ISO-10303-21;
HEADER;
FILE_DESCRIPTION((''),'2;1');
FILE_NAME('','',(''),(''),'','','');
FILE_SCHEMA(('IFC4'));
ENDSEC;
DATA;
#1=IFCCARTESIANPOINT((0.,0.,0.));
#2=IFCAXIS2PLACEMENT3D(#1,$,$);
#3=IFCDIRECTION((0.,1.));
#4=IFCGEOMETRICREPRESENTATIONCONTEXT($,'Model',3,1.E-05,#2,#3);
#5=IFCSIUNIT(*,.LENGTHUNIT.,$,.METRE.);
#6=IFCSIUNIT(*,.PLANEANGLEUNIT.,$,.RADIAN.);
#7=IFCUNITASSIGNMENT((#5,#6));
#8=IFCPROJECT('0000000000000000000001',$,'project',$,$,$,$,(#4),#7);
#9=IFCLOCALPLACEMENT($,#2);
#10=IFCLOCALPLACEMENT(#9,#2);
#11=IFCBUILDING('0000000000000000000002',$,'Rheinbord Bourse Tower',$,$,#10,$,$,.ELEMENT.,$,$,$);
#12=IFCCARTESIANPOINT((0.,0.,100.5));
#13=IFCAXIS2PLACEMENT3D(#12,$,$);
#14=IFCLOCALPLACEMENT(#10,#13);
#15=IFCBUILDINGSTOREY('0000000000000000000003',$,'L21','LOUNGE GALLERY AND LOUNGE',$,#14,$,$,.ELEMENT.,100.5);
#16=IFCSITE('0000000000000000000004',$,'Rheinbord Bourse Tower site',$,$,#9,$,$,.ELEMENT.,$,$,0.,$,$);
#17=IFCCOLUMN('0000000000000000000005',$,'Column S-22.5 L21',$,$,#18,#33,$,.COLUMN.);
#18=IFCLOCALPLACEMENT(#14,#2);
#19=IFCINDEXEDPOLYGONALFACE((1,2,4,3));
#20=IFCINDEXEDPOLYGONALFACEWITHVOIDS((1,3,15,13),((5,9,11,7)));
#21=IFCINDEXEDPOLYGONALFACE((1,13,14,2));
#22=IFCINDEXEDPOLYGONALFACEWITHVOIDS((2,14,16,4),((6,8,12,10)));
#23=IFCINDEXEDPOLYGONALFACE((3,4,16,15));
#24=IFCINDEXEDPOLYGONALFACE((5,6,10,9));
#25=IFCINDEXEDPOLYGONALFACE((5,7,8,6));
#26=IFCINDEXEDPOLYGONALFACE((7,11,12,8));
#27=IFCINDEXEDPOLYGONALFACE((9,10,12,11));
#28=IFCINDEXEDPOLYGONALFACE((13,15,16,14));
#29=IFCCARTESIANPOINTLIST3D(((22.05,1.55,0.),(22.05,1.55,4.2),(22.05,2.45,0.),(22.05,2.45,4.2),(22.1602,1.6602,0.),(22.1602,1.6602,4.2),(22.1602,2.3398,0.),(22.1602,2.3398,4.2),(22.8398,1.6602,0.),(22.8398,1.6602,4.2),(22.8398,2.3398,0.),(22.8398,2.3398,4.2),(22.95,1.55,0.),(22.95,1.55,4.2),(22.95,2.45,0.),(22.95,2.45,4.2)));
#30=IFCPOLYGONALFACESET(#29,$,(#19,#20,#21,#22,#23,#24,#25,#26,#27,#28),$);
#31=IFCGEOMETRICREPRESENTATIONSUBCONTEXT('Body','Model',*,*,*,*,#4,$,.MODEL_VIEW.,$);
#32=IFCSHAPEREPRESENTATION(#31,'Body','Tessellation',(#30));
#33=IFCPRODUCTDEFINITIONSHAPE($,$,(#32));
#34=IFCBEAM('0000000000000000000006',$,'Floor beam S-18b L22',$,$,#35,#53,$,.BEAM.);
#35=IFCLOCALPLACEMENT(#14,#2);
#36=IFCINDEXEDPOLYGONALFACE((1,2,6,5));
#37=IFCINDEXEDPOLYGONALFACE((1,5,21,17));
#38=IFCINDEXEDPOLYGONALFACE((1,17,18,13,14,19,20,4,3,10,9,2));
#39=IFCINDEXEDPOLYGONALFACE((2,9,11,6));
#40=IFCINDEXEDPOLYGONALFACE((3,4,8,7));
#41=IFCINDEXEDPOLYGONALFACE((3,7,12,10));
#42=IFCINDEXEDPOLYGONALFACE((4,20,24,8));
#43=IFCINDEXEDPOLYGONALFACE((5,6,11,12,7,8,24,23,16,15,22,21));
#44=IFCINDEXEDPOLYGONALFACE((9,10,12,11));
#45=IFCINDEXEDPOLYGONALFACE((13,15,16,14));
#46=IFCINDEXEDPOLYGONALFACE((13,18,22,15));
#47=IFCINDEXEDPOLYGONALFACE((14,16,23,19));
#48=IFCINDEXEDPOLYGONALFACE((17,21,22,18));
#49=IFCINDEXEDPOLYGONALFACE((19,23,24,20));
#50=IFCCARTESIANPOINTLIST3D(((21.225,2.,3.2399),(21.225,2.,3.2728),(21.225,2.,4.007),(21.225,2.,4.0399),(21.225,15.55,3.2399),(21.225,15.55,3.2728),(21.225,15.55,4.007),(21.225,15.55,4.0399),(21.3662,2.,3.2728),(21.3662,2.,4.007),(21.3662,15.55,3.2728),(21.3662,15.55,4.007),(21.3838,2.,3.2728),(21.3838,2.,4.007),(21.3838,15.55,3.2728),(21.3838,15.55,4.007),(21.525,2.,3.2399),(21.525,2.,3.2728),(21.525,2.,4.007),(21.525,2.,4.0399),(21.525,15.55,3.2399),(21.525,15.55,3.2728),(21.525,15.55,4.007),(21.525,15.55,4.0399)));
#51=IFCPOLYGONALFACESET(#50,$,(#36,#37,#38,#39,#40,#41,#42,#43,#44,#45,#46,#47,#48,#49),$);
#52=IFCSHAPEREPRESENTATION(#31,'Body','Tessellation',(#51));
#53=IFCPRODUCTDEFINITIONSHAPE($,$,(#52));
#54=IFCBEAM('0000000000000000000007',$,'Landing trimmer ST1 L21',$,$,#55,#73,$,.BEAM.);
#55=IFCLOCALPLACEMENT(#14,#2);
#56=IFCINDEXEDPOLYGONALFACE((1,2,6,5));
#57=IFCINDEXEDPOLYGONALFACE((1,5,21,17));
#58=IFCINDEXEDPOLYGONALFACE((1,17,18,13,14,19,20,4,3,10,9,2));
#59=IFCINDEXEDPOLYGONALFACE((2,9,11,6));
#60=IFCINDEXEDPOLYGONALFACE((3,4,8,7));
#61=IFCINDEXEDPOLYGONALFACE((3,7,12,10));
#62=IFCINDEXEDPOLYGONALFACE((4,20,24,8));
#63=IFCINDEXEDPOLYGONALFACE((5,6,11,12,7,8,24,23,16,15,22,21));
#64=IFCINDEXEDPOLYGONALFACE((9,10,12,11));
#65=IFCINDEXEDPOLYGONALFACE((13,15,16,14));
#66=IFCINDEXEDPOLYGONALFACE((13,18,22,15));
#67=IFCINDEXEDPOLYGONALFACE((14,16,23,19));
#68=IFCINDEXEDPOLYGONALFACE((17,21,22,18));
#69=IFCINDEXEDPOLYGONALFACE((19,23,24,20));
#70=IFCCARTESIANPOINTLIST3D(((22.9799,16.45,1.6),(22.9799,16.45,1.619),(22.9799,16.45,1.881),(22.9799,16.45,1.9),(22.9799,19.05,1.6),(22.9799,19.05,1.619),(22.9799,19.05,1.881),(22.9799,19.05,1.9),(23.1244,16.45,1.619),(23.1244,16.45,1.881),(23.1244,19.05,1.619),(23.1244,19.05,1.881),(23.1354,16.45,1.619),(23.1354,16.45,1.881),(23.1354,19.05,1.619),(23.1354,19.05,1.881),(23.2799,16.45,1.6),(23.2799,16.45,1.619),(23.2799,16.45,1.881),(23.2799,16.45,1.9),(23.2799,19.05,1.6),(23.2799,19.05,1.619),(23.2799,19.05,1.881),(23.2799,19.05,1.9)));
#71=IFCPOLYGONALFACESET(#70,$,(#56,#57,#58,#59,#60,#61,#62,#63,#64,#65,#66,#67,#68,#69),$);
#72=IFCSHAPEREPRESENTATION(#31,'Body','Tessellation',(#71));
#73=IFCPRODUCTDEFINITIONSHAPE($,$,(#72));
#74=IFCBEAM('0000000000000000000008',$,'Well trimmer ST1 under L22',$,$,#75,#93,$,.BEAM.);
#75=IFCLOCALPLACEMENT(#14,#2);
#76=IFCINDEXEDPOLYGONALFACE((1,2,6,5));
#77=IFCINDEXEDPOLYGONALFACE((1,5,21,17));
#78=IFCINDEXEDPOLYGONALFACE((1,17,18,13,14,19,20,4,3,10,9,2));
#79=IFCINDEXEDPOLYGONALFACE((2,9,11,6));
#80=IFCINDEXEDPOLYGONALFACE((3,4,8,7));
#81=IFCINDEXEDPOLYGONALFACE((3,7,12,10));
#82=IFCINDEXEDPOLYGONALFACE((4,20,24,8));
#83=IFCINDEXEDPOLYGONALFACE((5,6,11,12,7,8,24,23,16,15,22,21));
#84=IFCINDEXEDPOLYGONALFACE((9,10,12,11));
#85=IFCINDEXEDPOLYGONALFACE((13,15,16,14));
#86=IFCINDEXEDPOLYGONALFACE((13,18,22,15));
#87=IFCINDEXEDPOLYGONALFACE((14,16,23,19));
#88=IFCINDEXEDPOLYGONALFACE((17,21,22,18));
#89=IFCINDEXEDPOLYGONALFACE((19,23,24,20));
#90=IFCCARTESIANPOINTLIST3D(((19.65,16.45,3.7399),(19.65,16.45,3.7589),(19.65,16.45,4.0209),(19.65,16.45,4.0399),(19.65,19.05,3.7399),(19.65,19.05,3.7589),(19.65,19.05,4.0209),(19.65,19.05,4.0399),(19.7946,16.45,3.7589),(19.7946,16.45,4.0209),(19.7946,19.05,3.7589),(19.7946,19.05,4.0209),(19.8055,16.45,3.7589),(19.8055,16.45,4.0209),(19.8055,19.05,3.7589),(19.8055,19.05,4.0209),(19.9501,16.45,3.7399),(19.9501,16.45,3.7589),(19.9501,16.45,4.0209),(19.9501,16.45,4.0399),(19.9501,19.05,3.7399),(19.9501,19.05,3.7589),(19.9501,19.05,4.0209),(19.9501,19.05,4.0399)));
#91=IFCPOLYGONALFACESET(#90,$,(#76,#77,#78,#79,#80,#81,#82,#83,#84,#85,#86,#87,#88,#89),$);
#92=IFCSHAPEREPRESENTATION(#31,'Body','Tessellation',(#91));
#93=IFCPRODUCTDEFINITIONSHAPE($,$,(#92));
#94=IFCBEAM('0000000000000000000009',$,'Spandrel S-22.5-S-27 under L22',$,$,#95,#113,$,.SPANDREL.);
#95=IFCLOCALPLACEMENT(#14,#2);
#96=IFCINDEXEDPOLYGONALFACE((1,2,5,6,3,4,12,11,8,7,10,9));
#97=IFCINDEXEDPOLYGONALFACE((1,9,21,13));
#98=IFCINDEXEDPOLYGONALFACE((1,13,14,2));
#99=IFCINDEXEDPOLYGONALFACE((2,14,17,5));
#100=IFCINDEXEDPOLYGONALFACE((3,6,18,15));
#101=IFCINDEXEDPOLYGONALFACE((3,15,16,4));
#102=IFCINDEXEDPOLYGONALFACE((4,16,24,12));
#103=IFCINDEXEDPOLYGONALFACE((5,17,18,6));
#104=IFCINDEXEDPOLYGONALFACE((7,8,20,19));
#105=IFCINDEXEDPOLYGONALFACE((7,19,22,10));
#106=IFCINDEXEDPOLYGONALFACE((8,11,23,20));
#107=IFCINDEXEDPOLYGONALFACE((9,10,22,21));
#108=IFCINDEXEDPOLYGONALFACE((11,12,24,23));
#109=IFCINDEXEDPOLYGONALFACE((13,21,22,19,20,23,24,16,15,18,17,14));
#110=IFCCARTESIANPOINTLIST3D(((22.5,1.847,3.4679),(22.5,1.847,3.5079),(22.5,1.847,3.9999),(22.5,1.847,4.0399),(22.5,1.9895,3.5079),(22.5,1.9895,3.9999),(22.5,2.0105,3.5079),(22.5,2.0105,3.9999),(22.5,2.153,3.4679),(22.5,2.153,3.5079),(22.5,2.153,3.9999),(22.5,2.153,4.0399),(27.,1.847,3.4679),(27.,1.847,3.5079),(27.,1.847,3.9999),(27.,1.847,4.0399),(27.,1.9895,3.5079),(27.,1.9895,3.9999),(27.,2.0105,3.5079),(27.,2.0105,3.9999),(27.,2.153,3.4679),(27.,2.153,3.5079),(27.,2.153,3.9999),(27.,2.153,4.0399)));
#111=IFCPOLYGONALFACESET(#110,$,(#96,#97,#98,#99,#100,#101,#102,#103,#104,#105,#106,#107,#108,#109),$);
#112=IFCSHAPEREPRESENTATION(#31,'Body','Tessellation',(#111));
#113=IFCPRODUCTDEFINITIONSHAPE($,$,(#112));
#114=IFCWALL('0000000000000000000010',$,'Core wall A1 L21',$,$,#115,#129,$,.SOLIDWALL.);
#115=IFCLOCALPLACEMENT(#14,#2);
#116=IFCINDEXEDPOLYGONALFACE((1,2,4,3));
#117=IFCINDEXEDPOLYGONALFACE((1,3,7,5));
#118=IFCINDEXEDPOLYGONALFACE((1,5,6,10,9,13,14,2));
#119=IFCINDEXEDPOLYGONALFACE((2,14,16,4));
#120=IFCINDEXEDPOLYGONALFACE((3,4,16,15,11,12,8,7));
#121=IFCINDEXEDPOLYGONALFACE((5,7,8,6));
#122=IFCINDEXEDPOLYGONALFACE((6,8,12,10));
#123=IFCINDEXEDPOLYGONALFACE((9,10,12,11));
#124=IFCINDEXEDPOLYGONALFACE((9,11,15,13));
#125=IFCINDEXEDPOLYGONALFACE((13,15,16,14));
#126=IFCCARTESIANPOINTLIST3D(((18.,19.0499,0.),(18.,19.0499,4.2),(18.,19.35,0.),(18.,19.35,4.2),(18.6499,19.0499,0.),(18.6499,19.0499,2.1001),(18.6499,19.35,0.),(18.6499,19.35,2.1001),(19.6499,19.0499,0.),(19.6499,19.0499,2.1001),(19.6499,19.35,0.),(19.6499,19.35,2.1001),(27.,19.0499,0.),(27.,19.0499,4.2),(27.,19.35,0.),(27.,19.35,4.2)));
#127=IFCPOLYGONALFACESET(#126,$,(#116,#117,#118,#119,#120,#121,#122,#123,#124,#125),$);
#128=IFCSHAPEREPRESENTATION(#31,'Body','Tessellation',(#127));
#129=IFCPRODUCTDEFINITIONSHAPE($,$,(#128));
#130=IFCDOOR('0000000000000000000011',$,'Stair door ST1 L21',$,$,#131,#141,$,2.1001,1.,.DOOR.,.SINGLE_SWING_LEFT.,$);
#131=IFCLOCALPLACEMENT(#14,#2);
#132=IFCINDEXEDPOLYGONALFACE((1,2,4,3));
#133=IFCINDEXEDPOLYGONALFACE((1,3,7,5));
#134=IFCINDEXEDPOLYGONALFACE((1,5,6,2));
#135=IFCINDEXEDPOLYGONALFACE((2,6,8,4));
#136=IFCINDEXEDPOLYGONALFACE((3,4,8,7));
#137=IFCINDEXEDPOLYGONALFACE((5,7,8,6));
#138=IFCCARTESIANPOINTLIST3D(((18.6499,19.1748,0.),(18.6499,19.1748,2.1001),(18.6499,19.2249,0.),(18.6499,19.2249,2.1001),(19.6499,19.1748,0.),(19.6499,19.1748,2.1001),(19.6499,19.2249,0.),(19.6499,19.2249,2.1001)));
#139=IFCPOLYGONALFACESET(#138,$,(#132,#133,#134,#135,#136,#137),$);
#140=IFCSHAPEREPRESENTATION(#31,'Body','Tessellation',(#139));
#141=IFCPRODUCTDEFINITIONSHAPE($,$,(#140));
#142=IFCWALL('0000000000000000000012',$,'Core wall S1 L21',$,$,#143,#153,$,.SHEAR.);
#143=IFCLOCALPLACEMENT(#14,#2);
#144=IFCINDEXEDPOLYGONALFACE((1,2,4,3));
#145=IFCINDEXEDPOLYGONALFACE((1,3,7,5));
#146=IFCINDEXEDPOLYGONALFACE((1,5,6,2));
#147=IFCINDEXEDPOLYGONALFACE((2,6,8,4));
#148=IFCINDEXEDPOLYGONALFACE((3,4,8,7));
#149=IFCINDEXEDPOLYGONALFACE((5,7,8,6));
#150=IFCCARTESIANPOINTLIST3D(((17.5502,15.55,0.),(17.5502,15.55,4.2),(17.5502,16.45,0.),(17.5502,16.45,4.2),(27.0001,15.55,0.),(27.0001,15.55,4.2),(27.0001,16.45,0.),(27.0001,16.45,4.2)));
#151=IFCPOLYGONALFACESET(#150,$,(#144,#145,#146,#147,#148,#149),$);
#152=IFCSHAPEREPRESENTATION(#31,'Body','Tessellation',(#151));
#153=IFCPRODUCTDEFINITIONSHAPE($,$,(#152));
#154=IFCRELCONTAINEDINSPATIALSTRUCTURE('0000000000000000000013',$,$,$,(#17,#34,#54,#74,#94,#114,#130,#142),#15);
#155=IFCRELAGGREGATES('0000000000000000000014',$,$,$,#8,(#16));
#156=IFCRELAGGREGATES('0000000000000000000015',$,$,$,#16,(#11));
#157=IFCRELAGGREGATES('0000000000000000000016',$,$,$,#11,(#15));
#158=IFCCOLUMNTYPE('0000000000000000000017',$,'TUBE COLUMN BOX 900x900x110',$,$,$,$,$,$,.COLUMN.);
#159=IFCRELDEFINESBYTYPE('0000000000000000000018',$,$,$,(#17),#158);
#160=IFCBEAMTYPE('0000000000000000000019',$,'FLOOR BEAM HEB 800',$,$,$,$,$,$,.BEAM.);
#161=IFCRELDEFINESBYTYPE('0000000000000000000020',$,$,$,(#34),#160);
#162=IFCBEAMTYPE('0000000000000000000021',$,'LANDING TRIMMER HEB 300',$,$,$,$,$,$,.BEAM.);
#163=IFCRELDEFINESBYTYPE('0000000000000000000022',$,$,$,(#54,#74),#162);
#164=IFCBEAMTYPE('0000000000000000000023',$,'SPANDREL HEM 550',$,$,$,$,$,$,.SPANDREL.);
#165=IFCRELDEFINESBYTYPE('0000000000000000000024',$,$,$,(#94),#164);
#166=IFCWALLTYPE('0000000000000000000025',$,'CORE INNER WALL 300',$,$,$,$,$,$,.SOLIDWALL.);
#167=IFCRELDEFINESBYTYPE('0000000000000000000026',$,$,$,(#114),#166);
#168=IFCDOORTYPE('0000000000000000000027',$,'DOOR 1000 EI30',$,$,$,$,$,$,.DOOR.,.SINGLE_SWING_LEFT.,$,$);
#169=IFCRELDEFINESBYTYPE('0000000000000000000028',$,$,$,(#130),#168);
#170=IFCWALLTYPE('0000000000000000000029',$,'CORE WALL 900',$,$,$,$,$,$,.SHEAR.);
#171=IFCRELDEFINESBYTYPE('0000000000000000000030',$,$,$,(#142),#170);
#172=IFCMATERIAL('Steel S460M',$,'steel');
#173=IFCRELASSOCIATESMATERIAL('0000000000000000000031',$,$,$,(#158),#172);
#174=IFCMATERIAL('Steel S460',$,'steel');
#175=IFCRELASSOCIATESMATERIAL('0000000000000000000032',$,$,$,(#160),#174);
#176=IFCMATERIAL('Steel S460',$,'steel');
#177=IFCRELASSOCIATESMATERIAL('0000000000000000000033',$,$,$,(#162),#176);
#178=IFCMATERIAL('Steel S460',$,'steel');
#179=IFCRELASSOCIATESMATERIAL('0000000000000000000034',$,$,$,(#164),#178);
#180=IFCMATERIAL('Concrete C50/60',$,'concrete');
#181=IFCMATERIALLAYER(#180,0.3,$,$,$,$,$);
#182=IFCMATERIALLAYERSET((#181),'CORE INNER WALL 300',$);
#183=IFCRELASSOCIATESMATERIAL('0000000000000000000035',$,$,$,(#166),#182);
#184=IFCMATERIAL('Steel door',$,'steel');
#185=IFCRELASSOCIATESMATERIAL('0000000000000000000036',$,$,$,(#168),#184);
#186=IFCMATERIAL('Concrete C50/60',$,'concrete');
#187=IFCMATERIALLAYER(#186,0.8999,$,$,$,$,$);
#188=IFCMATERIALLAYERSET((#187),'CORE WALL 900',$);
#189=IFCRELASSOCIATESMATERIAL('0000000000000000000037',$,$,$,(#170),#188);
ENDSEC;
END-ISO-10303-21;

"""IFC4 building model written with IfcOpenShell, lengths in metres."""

from ifc_helpers import new_model, si_unit, direction, frame, frame_2d, origin, origin_2d, place, context, subcontext, project, spatial, rectangle, hollow_rectangle, i_section, extrude, material, layer, layer_set, material_profile, profile_set, type_object, element, fill, save


model = new_model("IFC4")

# Units and contexts
model_context = context("Model", 3, precision=1e-05, world=origin(), true_north=direction((0.0, 1.0)))
body_context = subcontext(model_context, "Body", "Model", "MODEL_VIEW")
ifc_project = project(units=[si_unit("LENGTHUNIT", "METRE"), si_unit("PLANEANGLEUNIT", "RADIAN")], contexts=[model_context])

# Site, building, storey
site_placement = place(None, origin())
site = spatial("IfcSite", under=ifc_project, at=site_placement, Name="Rheinbord Bourse Tower site", CompositionType="ELEMENT", RefElevation=0.0)
building_placement = place(site_placement, origin())
building = spatial("IfcBuilding", under=site, at=building_placement, Name="Rheinbord Bourse Tower", CompositionType="ELEMENT")
storey_placement = place(building_placement, frame((0.0, 0.0, 100.5)))
storey = spatial("IfcBuildingStorey", under=building, at=storey_placement, Name="L21", Description="LOUNGE GALLERY AND LOUNGE", CompositionType="ELEMENT", Elevation=100.5)

# Column
ifc_material_1 = material(Name="Steel S460M", Category="steel")
ifc_material_profile_1 = material_profile(ifc_material_1, hollow_rectangle(XDim=0.8999, YDim=0.8999, WallThickness=0.1101, at=origin_2d()), Name="BOX 900x900x110")
ifc_profile_set_1 = profile_set([ifc_material_profile_1], Name="Steel S460M")
column_type = type_object("IfcColumnType", Name="TUBE COLUMN BOX 900x900x110", PredefinedType="COLUMN", material=ifc_profile_set_1)
column_placement = place(storey_placement, frame((22.5, 2.0, 0.0), z_axis=(0.0, 0.0, 1.0), x_axis=(0.0, 1.0, 0.0)))
element("IfcColumn", 1, at=column_placement, inside=storey, type_object=column_type, Name="Column S-22.5 L21", PredefinedType="COLUMN", context=body_context, shape_type="SweptSolid", body=[
    extrude(hollow_rectangle(XDim=0.8999, YDim=0.8999, WallThickness=0.1101, at=origin_2d()), origin(), (0.0, 0.0, 1.0), 4.2),
])

# Beams
ifc_material_2 = material(Name="Steel S460", Category="steel")
ifc_material_profile_2 = material_profile(ifc_material_2, i_section(OverallWidth=0.3, OverallDepth=0.8, WebThickness=0.0176, FlangeThickness=0.033, at=origin_2d()), Name="HEB 800")
ifc_profile_set_2 = profile_set([ifc_material_profile_2], Name="Steel S460")
beam_type_1 = type_object("IfcBeamType", Name="FLOOR BEAM HEB 800", PredefinedType="BEAM", material=ifc_profile_set_2)
beam_1_placement = place(storey_placement, frame((21.375, 2.0, 3.6399), z_axis=(0.0, 1.0, 0.0), x_axis=(-1.0, 0.0, 0.0)))
element("IfcBeam", 2, at=beam_1_placement, inside=storey, type_object=beam_type_1, Name="Floor beam S-18b L22", PredefinedType="BEAM", context=body_context, shape_type="SweptSolid", body=[
    extrude(i_section(OverallWidth=0.3, OverallDepth=0.8, WebThickness=0.0176, FlangeThickness=0.033, at=origin_2d()), origin(), (0.0, 0.0, 1.0), 13.55),
])
ifc_material_3 = material(Name="Steel S460", Category="steel")
ifc_material_profile_3 = material_profile(ifc_material_3, i_section(OverallWidth=0.3, OverallDepth=0.3, WebThickness=0.011, FlangeThickness=0.019, at=origin_2d()), Name="HEB 300")
ifc_profile_set_3 = profile_set([ifc_material_profile_3], Name="Steel S460")
beam_type_2 = type_object("IfcBeamType", Name="LANDING TRIMMER HEB 300", PredefinedType="BEAM", material=ifc_profile_set_3)
for number, where, z_axis, x_axis, name in (
    (3, (23.1299, 16.45, 1.75), (0.0, 1.0, 0.0), (-1.0, 0.0, 0.0), "Landing trimmer ST1 L21"),
    (4, (19.8, 16.45, 3.8899), (0.0, 1.0, 0.0), (-1.0, 0.0, 0.0), "Well trimmer ST1 under L22"),
):
    element("IfcBeam", number, at=place(storey_placement, frame(where, z_axis=z_axis, x_axis=x_axis)), inside=storey, type_object=beam_type_2, Name=name, PredefinedType="BEAM", context=body_context, shape_type="SweptSolid", body=[
        extrude(i_section(OverallWidth=0.3, OverallDepth=0.3, WebThickness=0.011, FlangeThickness=0.019, at=origin_2d()), origin(), (0.0, 0.0, 1.0), 2.6001),
    ])
ifc_material_4 = material(Name="Steel S460", Category="steel")
ifc_material_profile_4 = material_profile(ifc_material_4, i_section(OverallWidth=0.3059, OverallDepth=0.572, WebThickness=0.021, FlangeThickness=0.04, at=origin_2d()), Name="HEM 550")
ifc_profile_set_4 = profile_set([ifc_material_profile_4], Name="Steel S460")
beam_type_3 = type_object("IfcBeamType", Name="SPANDREL HEM 550", PredefinedType="SPANDREL", material=ifc_profile_set_4)
beam_2_placement = place(storey_placement, frame((22.5, 2.0, 3.7539), z_axis=(1.0, 0.0, 0.0), x_axis=(0.0, 1.0, 0.0)))
element("IfcBeam", 5, at=beam_2_placement, inside=storey, type_object=beam_type_3, Name="Spandrel S-22.5-S-27 under L22", PredefinedType="SPANDREL", context=body_context, shape_type="SweptSolid", body=[
    extrude(i_section(OverallWidth=0.3059, OverallDepth=0.572, WebThickness=0.021, FlangeThickness=0.04, at=origin_2d()), origin(), (0.0, 0.0, 1.0), 4.5),
])

# Wall, opening, door
ifc_material_5 = material(Name="Concrete C50/60", Category="concrete")
ifc_layer_1 = layer(ifc_material_5, 0.3)
ifc_layer_set_1 = layer_set([ifc_layer_1], Name="CORE INNER WALL 300")
wall_type_1 = type_object("IfcWallType", Name="CORE INNER WALL 300", PredefinedType="SOLIDWALL", material=ifc_layer_set_1)
wall_1_placement = place(storey_placement, frame((18.0, 19.2, 0.0), z_axis=(0.0, 0.0, 1.0), x_axis=(1.0, 0.0, 0.0)))
wall_1 = element("IfcWall", 6, at=wall_1_placement, inside=storey, type_object=wall_type_1, Name="Core wall A1 L21", PredefinedType="SOLIDWALL", context=body_context, shape_type="SweptSolid", body=[
    extrude(rectangle(XDim=9.0, YDim=0.3, at=frame_2d((4.5, 0.0))), origin(), (0.0, 0.0, 1.0), 4.2),
])
opening_1_placement = place(wall_1_placement, frame((0.6499, 0.0, 0.0)))
opening_1 = element("IfcOpeningElement", 7, at=opening_1_placement, cuts=wall_1, PredefinedType="OPENING", context=body_context, shape_type="SweptSolid", body=[
    extrude(rectangle(XDim=1.0, YDim=2.1001, at=frame_2d((0.5, 1.05))), frame((0.0, 0.1599, 0.0), z_axis=(0.0, -1.0, 0.0), x_axis=(1.0, 0.0, 0.0)), (0.0, 0.0, 1.0), 0.3201),
])
ifc_material_6 = material(Name="Steel door", Category="steel")
door_type_1 = type_object("IfcDoorType", Name="DOOR 1000 EI30", OperationType="SINGLE_SWING_LEFT", PredefinedType="DOOR", material=ifc_material_6)
door_1_placement = place(opening_1_placement, origin())
door_1 = element("IfcDoor", 8, at=door_1_placement, inside=storey, type_object=door_type_1, Name="Stair door ST1 L21", OperationType="SINGLE_SWING_LEFT", OverallHeight=2.1001, OverallWidth=1.0, PredefinedType="DOOR", context=body_context, shape_type="SweptSolid", body=[
    extrude(rectangle(XDim=1.0, YDim=2.1001, at=frame_2d((0.5, 1.05))), frame((0.0, 0.0249, 0.0), z_axis=(0.0, -1.0, 0.0), x_axis=(1.0, 0.0, 0.0)), (0.0, 0.0, 1.0), 0.05),
])
fill(opening_1, door_1)

# Wall
ifc_material_7 = material(Name="Concrete C50/60", Category="concrete")
ifc_layer_2 = layer(ifc_material_7, 0.8999)
ifc_layer_set_2 = layer_set([ifc_layer_2], Name="CORE WALL 900")
wall_type_2 = type_object("IfcWallType", Name="CORE WALL 900", PredefinedType="SHEAR", material=ifc_layer_set_2)
wall_2_placement = place(storey_placement, frame((17.55, 16.0, 0.0), z_axis=(0.0, 0.0, 1.0), x_axis=(1.0, 0.0, 0.0)))
element("IfcWall", 9, at=wall_2_placement, inside=storey, type_object=wall_type_2, Name="Core wall S1 L21", PredefinedType="SHEAR", context=body_context, shape_type="SweptSolid", body=[
    extrude(rectangle(XDim=9.45, YDim=0.8999, at=frame_2d((4.7251, 0.0))), origin(), (0.0, 0.0, 1.0), 4.2),
])

save(model, "model.ifc")
